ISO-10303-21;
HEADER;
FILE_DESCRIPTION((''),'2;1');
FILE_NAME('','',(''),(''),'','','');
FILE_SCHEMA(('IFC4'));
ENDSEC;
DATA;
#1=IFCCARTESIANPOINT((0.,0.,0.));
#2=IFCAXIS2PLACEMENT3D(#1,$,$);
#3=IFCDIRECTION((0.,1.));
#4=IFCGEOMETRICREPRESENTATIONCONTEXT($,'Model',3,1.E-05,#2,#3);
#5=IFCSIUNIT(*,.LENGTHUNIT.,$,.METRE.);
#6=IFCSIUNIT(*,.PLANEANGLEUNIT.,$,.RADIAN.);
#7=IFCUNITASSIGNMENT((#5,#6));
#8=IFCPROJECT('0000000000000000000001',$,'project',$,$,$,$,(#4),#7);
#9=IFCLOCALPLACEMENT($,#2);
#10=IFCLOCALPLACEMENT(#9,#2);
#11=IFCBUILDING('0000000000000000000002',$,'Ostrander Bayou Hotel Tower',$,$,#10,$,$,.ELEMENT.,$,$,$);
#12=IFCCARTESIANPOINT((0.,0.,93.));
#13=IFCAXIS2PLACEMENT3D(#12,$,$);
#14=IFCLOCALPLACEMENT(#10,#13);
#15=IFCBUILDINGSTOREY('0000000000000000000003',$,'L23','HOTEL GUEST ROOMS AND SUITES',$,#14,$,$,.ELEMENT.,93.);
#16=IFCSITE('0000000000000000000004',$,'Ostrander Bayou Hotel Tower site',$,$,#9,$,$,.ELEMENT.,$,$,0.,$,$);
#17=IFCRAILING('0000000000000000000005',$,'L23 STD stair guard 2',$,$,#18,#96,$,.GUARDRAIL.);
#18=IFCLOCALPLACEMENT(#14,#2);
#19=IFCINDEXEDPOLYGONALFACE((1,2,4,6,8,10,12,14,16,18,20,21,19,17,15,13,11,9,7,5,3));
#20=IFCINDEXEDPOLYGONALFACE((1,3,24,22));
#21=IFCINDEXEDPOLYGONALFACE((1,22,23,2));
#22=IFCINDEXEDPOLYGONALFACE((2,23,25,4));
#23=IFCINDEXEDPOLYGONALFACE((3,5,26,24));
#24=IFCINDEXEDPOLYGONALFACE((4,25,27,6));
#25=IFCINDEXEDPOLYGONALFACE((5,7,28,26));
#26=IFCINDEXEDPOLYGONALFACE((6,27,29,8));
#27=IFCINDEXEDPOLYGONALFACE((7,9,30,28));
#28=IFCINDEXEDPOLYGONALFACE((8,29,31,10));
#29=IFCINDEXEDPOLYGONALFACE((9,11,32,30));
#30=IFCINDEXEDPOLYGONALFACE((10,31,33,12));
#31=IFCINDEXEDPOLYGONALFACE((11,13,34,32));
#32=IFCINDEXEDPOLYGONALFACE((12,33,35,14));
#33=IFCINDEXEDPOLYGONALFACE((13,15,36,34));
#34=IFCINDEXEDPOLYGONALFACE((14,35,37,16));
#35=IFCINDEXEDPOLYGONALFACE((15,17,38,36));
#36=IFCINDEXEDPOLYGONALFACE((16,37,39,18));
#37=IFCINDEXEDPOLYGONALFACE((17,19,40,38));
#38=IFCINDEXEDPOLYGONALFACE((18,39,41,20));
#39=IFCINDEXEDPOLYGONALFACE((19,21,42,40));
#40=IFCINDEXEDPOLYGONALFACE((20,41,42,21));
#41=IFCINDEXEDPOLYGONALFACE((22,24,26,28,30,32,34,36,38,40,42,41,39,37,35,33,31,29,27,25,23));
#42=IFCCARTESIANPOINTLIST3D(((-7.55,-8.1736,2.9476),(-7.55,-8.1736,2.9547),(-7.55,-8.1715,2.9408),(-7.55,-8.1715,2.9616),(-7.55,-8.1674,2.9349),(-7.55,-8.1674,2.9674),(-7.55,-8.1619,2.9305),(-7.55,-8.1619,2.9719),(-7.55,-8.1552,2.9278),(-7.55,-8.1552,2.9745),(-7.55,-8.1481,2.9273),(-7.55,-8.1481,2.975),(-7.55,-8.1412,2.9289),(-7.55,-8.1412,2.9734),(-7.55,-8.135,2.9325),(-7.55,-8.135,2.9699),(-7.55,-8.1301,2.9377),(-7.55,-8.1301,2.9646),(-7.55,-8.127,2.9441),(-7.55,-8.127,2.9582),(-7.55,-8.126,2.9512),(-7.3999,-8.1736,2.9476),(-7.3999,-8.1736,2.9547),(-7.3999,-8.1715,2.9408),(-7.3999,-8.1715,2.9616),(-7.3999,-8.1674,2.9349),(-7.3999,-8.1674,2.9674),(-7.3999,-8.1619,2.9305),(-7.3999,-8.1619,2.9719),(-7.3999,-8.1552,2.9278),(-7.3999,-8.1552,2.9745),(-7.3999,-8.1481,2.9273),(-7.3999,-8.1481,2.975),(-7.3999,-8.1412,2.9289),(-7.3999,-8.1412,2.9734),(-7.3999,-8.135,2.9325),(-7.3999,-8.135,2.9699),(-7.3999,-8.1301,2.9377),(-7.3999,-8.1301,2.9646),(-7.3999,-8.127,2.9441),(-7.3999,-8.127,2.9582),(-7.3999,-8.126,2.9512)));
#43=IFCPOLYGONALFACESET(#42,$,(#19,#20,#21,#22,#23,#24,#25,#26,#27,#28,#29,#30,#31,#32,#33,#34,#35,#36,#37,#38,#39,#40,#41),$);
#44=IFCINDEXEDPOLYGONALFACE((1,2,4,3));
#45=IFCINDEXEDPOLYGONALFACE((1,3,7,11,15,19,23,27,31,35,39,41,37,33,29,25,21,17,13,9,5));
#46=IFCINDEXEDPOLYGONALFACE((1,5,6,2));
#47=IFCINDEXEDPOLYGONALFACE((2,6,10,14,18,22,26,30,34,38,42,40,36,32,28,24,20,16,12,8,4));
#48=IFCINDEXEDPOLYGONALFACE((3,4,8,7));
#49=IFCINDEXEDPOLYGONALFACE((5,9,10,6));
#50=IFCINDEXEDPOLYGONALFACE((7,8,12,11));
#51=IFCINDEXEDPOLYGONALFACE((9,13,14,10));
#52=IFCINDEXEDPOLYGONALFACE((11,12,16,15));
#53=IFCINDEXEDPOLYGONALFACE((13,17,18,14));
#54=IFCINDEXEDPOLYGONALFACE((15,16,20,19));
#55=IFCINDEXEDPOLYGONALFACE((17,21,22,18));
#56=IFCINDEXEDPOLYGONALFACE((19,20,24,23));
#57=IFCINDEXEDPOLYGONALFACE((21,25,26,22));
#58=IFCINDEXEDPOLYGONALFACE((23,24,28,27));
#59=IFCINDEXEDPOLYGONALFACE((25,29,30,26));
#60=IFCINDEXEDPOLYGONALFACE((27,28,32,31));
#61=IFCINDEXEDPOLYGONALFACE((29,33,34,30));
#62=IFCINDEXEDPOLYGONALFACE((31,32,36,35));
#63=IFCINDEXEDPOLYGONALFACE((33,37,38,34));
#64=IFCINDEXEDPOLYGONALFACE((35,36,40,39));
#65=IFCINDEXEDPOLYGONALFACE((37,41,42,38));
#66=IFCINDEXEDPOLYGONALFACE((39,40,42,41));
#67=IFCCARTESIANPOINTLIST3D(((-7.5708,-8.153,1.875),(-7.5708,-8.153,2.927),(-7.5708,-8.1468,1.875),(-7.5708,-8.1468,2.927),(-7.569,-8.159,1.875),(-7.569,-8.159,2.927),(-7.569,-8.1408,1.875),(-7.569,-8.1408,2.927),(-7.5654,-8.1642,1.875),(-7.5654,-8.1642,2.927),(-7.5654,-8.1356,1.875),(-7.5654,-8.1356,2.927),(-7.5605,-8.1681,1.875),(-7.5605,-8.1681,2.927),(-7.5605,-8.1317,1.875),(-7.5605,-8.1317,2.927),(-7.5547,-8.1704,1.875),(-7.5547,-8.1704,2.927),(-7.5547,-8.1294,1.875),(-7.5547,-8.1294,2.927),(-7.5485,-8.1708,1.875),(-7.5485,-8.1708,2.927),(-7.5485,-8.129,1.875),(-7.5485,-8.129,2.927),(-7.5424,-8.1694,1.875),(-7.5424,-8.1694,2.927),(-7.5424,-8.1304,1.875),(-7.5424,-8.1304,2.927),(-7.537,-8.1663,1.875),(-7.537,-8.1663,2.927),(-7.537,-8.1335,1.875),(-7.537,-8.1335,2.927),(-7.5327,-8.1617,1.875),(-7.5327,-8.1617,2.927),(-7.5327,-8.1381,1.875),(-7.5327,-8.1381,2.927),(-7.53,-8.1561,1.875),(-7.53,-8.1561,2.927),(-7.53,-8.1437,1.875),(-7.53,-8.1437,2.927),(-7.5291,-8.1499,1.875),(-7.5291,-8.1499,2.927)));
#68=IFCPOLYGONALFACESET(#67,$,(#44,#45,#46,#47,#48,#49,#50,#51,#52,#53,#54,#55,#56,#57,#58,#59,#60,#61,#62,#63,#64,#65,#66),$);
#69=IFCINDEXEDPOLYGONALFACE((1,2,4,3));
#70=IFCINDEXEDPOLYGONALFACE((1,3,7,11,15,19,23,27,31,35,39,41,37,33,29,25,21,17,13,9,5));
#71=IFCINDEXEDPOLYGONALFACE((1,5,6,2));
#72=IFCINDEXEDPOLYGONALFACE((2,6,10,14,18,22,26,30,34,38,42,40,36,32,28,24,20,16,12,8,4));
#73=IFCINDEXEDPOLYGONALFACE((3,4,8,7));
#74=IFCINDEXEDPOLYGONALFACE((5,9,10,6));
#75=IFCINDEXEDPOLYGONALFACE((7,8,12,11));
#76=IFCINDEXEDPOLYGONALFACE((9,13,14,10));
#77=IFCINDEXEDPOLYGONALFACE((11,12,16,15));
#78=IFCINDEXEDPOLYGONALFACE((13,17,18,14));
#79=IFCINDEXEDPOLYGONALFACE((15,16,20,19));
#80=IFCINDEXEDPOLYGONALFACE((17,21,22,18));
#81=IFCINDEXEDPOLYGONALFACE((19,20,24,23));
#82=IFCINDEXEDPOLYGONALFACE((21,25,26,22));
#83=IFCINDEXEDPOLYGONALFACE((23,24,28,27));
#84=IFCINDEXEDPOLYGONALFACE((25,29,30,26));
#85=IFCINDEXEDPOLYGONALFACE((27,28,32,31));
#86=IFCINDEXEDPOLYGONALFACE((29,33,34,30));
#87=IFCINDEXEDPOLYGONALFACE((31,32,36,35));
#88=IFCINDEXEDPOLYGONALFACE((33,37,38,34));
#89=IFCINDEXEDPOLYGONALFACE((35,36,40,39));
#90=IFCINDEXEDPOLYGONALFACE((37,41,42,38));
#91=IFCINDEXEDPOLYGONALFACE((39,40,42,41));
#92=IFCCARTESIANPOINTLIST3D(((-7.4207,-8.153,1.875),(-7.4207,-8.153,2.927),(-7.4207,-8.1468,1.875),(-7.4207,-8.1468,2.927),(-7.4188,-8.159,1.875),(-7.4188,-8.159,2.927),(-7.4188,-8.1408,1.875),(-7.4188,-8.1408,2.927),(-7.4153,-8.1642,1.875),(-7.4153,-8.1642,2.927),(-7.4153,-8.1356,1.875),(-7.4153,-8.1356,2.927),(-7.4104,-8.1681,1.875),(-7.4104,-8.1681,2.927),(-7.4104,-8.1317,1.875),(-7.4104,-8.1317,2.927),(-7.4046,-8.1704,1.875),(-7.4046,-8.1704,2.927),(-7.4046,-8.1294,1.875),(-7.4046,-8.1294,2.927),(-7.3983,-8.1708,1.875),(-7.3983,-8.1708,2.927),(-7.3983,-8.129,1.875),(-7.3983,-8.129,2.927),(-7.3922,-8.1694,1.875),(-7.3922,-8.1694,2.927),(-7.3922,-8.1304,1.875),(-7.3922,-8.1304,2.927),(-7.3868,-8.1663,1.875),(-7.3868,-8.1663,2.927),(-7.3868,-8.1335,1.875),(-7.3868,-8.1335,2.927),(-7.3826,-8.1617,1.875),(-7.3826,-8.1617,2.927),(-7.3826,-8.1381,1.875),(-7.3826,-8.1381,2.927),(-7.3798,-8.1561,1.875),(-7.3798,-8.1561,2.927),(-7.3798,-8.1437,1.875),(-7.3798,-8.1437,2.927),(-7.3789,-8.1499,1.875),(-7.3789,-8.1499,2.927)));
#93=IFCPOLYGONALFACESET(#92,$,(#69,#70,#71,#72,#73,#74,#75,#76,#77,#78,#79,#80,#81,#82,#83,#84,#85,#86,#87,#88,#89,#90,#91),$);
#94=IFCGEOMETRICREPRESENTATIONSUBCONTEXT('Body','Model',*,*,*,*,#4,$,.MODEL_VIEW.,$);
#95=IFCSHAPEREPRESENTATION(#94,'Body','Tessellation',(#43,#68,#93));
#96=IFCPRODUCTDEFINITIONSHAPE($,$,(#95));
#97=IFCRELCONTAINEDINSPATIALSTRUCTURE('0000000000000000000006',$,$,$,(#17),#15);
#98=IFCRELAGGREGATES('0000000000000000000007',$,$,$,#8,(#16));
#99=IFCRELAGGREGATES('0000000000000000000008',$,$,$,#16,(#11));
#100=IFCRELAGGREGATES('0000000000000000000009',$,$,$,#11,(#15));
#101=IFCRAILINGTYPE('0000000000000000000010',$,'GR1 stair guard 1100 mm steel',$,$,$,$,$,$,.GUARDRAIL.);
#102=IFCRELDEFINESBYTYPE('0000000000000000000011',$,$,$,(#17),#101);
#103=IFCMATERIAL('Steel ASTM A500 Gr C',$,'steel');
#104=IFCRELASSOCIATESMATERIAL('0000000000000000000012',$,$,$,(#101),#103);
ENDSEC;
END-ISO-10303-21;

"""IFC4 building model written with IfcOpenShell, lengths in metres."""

from ifc_helpers import new_model, si_unit, direction, frame, origin, origin_2d, place, context, subcontext, project, spatial, circle, extrude, material, type_object, element, save


model = new_model("IFC4")

# Units and contexts
model_context = context("Model", 3, precision=1e-05, world=origin(), true_north=direction((0.0, 1.0)))
body_context = subcontext(model_context, "Body", "Model", "MODEL_VIEW")
ifc_project = project(units=[si_unit("LENGTHUNIT", "METRE"), si_unit("PLANEANGLEUNIT", "RADIAN")], contexts=[model_context])

# Site, building, storey
site_placement = place(None, origin())
site = spatial("IfcSite", under=ifc_project, at=site_placement, Name="Ostrander Bayou Hotel Tower site", CompositionType="ELEMENT", RefElevation=0.0)
building_placement = place(site_placement, origin())
building = spatial("IfcBuilding", under=site, at=building_placement, Name="Ostrander Bayou Hotel Tower", CompositionType="ELEMENT")
storey_placement = place(building_placement, frame((0.0, 0.0, 93.0)))
storey = spatial("IfcBuildingStorey", under=building, at=storey_placement, Name="L23", Description="HOTEL GUEST ROOMS AND SUITES", CompositionType="ELEMENT", Elevation=93.0)

# Railing
ifc_material_1 = material(Name="Steel ASTM A500 Gr C", Category="steel")
railing_type_1 = type_object("IfcRailingType", Name="GR1 stair guard 1100 mm steel", PredefinedType="GUARDRAIL", material=ifc_material_1)
railing_1_placement = place(storey_placement, frame((-7.55, -8.1499, 1.875)))
element("IfcRailing", 1, at=railing_1_placement, inside=storey, type_object=railing_type_1, Name="L23 STD stair guard 2", PredefinedType="GUARDRAIL", context=body_context, shape_type="SweptSolid", body=[
    extrude(circle(Radius=0.0239, at=origin_2d()), frame((0.0, 0.0, 1.0762), z_axis=(1.0, 0.0, 0.0), x_axis=(0.0, 1.0, 0.0)), (0.0, 0.0, 1.0), 0.1501),
    extrude(circle(Radius=0.021, at=origin_2d()), origin(), (0.0, 0.0, 1.0), 1.052),
    extrude(circle(Radius=0.021, at=origin_2d()), frame((0.1501, 0.0, 0.0)), (0.0, 0.0, 1.0), 1.052),
])

save(model, "model.ifc")
